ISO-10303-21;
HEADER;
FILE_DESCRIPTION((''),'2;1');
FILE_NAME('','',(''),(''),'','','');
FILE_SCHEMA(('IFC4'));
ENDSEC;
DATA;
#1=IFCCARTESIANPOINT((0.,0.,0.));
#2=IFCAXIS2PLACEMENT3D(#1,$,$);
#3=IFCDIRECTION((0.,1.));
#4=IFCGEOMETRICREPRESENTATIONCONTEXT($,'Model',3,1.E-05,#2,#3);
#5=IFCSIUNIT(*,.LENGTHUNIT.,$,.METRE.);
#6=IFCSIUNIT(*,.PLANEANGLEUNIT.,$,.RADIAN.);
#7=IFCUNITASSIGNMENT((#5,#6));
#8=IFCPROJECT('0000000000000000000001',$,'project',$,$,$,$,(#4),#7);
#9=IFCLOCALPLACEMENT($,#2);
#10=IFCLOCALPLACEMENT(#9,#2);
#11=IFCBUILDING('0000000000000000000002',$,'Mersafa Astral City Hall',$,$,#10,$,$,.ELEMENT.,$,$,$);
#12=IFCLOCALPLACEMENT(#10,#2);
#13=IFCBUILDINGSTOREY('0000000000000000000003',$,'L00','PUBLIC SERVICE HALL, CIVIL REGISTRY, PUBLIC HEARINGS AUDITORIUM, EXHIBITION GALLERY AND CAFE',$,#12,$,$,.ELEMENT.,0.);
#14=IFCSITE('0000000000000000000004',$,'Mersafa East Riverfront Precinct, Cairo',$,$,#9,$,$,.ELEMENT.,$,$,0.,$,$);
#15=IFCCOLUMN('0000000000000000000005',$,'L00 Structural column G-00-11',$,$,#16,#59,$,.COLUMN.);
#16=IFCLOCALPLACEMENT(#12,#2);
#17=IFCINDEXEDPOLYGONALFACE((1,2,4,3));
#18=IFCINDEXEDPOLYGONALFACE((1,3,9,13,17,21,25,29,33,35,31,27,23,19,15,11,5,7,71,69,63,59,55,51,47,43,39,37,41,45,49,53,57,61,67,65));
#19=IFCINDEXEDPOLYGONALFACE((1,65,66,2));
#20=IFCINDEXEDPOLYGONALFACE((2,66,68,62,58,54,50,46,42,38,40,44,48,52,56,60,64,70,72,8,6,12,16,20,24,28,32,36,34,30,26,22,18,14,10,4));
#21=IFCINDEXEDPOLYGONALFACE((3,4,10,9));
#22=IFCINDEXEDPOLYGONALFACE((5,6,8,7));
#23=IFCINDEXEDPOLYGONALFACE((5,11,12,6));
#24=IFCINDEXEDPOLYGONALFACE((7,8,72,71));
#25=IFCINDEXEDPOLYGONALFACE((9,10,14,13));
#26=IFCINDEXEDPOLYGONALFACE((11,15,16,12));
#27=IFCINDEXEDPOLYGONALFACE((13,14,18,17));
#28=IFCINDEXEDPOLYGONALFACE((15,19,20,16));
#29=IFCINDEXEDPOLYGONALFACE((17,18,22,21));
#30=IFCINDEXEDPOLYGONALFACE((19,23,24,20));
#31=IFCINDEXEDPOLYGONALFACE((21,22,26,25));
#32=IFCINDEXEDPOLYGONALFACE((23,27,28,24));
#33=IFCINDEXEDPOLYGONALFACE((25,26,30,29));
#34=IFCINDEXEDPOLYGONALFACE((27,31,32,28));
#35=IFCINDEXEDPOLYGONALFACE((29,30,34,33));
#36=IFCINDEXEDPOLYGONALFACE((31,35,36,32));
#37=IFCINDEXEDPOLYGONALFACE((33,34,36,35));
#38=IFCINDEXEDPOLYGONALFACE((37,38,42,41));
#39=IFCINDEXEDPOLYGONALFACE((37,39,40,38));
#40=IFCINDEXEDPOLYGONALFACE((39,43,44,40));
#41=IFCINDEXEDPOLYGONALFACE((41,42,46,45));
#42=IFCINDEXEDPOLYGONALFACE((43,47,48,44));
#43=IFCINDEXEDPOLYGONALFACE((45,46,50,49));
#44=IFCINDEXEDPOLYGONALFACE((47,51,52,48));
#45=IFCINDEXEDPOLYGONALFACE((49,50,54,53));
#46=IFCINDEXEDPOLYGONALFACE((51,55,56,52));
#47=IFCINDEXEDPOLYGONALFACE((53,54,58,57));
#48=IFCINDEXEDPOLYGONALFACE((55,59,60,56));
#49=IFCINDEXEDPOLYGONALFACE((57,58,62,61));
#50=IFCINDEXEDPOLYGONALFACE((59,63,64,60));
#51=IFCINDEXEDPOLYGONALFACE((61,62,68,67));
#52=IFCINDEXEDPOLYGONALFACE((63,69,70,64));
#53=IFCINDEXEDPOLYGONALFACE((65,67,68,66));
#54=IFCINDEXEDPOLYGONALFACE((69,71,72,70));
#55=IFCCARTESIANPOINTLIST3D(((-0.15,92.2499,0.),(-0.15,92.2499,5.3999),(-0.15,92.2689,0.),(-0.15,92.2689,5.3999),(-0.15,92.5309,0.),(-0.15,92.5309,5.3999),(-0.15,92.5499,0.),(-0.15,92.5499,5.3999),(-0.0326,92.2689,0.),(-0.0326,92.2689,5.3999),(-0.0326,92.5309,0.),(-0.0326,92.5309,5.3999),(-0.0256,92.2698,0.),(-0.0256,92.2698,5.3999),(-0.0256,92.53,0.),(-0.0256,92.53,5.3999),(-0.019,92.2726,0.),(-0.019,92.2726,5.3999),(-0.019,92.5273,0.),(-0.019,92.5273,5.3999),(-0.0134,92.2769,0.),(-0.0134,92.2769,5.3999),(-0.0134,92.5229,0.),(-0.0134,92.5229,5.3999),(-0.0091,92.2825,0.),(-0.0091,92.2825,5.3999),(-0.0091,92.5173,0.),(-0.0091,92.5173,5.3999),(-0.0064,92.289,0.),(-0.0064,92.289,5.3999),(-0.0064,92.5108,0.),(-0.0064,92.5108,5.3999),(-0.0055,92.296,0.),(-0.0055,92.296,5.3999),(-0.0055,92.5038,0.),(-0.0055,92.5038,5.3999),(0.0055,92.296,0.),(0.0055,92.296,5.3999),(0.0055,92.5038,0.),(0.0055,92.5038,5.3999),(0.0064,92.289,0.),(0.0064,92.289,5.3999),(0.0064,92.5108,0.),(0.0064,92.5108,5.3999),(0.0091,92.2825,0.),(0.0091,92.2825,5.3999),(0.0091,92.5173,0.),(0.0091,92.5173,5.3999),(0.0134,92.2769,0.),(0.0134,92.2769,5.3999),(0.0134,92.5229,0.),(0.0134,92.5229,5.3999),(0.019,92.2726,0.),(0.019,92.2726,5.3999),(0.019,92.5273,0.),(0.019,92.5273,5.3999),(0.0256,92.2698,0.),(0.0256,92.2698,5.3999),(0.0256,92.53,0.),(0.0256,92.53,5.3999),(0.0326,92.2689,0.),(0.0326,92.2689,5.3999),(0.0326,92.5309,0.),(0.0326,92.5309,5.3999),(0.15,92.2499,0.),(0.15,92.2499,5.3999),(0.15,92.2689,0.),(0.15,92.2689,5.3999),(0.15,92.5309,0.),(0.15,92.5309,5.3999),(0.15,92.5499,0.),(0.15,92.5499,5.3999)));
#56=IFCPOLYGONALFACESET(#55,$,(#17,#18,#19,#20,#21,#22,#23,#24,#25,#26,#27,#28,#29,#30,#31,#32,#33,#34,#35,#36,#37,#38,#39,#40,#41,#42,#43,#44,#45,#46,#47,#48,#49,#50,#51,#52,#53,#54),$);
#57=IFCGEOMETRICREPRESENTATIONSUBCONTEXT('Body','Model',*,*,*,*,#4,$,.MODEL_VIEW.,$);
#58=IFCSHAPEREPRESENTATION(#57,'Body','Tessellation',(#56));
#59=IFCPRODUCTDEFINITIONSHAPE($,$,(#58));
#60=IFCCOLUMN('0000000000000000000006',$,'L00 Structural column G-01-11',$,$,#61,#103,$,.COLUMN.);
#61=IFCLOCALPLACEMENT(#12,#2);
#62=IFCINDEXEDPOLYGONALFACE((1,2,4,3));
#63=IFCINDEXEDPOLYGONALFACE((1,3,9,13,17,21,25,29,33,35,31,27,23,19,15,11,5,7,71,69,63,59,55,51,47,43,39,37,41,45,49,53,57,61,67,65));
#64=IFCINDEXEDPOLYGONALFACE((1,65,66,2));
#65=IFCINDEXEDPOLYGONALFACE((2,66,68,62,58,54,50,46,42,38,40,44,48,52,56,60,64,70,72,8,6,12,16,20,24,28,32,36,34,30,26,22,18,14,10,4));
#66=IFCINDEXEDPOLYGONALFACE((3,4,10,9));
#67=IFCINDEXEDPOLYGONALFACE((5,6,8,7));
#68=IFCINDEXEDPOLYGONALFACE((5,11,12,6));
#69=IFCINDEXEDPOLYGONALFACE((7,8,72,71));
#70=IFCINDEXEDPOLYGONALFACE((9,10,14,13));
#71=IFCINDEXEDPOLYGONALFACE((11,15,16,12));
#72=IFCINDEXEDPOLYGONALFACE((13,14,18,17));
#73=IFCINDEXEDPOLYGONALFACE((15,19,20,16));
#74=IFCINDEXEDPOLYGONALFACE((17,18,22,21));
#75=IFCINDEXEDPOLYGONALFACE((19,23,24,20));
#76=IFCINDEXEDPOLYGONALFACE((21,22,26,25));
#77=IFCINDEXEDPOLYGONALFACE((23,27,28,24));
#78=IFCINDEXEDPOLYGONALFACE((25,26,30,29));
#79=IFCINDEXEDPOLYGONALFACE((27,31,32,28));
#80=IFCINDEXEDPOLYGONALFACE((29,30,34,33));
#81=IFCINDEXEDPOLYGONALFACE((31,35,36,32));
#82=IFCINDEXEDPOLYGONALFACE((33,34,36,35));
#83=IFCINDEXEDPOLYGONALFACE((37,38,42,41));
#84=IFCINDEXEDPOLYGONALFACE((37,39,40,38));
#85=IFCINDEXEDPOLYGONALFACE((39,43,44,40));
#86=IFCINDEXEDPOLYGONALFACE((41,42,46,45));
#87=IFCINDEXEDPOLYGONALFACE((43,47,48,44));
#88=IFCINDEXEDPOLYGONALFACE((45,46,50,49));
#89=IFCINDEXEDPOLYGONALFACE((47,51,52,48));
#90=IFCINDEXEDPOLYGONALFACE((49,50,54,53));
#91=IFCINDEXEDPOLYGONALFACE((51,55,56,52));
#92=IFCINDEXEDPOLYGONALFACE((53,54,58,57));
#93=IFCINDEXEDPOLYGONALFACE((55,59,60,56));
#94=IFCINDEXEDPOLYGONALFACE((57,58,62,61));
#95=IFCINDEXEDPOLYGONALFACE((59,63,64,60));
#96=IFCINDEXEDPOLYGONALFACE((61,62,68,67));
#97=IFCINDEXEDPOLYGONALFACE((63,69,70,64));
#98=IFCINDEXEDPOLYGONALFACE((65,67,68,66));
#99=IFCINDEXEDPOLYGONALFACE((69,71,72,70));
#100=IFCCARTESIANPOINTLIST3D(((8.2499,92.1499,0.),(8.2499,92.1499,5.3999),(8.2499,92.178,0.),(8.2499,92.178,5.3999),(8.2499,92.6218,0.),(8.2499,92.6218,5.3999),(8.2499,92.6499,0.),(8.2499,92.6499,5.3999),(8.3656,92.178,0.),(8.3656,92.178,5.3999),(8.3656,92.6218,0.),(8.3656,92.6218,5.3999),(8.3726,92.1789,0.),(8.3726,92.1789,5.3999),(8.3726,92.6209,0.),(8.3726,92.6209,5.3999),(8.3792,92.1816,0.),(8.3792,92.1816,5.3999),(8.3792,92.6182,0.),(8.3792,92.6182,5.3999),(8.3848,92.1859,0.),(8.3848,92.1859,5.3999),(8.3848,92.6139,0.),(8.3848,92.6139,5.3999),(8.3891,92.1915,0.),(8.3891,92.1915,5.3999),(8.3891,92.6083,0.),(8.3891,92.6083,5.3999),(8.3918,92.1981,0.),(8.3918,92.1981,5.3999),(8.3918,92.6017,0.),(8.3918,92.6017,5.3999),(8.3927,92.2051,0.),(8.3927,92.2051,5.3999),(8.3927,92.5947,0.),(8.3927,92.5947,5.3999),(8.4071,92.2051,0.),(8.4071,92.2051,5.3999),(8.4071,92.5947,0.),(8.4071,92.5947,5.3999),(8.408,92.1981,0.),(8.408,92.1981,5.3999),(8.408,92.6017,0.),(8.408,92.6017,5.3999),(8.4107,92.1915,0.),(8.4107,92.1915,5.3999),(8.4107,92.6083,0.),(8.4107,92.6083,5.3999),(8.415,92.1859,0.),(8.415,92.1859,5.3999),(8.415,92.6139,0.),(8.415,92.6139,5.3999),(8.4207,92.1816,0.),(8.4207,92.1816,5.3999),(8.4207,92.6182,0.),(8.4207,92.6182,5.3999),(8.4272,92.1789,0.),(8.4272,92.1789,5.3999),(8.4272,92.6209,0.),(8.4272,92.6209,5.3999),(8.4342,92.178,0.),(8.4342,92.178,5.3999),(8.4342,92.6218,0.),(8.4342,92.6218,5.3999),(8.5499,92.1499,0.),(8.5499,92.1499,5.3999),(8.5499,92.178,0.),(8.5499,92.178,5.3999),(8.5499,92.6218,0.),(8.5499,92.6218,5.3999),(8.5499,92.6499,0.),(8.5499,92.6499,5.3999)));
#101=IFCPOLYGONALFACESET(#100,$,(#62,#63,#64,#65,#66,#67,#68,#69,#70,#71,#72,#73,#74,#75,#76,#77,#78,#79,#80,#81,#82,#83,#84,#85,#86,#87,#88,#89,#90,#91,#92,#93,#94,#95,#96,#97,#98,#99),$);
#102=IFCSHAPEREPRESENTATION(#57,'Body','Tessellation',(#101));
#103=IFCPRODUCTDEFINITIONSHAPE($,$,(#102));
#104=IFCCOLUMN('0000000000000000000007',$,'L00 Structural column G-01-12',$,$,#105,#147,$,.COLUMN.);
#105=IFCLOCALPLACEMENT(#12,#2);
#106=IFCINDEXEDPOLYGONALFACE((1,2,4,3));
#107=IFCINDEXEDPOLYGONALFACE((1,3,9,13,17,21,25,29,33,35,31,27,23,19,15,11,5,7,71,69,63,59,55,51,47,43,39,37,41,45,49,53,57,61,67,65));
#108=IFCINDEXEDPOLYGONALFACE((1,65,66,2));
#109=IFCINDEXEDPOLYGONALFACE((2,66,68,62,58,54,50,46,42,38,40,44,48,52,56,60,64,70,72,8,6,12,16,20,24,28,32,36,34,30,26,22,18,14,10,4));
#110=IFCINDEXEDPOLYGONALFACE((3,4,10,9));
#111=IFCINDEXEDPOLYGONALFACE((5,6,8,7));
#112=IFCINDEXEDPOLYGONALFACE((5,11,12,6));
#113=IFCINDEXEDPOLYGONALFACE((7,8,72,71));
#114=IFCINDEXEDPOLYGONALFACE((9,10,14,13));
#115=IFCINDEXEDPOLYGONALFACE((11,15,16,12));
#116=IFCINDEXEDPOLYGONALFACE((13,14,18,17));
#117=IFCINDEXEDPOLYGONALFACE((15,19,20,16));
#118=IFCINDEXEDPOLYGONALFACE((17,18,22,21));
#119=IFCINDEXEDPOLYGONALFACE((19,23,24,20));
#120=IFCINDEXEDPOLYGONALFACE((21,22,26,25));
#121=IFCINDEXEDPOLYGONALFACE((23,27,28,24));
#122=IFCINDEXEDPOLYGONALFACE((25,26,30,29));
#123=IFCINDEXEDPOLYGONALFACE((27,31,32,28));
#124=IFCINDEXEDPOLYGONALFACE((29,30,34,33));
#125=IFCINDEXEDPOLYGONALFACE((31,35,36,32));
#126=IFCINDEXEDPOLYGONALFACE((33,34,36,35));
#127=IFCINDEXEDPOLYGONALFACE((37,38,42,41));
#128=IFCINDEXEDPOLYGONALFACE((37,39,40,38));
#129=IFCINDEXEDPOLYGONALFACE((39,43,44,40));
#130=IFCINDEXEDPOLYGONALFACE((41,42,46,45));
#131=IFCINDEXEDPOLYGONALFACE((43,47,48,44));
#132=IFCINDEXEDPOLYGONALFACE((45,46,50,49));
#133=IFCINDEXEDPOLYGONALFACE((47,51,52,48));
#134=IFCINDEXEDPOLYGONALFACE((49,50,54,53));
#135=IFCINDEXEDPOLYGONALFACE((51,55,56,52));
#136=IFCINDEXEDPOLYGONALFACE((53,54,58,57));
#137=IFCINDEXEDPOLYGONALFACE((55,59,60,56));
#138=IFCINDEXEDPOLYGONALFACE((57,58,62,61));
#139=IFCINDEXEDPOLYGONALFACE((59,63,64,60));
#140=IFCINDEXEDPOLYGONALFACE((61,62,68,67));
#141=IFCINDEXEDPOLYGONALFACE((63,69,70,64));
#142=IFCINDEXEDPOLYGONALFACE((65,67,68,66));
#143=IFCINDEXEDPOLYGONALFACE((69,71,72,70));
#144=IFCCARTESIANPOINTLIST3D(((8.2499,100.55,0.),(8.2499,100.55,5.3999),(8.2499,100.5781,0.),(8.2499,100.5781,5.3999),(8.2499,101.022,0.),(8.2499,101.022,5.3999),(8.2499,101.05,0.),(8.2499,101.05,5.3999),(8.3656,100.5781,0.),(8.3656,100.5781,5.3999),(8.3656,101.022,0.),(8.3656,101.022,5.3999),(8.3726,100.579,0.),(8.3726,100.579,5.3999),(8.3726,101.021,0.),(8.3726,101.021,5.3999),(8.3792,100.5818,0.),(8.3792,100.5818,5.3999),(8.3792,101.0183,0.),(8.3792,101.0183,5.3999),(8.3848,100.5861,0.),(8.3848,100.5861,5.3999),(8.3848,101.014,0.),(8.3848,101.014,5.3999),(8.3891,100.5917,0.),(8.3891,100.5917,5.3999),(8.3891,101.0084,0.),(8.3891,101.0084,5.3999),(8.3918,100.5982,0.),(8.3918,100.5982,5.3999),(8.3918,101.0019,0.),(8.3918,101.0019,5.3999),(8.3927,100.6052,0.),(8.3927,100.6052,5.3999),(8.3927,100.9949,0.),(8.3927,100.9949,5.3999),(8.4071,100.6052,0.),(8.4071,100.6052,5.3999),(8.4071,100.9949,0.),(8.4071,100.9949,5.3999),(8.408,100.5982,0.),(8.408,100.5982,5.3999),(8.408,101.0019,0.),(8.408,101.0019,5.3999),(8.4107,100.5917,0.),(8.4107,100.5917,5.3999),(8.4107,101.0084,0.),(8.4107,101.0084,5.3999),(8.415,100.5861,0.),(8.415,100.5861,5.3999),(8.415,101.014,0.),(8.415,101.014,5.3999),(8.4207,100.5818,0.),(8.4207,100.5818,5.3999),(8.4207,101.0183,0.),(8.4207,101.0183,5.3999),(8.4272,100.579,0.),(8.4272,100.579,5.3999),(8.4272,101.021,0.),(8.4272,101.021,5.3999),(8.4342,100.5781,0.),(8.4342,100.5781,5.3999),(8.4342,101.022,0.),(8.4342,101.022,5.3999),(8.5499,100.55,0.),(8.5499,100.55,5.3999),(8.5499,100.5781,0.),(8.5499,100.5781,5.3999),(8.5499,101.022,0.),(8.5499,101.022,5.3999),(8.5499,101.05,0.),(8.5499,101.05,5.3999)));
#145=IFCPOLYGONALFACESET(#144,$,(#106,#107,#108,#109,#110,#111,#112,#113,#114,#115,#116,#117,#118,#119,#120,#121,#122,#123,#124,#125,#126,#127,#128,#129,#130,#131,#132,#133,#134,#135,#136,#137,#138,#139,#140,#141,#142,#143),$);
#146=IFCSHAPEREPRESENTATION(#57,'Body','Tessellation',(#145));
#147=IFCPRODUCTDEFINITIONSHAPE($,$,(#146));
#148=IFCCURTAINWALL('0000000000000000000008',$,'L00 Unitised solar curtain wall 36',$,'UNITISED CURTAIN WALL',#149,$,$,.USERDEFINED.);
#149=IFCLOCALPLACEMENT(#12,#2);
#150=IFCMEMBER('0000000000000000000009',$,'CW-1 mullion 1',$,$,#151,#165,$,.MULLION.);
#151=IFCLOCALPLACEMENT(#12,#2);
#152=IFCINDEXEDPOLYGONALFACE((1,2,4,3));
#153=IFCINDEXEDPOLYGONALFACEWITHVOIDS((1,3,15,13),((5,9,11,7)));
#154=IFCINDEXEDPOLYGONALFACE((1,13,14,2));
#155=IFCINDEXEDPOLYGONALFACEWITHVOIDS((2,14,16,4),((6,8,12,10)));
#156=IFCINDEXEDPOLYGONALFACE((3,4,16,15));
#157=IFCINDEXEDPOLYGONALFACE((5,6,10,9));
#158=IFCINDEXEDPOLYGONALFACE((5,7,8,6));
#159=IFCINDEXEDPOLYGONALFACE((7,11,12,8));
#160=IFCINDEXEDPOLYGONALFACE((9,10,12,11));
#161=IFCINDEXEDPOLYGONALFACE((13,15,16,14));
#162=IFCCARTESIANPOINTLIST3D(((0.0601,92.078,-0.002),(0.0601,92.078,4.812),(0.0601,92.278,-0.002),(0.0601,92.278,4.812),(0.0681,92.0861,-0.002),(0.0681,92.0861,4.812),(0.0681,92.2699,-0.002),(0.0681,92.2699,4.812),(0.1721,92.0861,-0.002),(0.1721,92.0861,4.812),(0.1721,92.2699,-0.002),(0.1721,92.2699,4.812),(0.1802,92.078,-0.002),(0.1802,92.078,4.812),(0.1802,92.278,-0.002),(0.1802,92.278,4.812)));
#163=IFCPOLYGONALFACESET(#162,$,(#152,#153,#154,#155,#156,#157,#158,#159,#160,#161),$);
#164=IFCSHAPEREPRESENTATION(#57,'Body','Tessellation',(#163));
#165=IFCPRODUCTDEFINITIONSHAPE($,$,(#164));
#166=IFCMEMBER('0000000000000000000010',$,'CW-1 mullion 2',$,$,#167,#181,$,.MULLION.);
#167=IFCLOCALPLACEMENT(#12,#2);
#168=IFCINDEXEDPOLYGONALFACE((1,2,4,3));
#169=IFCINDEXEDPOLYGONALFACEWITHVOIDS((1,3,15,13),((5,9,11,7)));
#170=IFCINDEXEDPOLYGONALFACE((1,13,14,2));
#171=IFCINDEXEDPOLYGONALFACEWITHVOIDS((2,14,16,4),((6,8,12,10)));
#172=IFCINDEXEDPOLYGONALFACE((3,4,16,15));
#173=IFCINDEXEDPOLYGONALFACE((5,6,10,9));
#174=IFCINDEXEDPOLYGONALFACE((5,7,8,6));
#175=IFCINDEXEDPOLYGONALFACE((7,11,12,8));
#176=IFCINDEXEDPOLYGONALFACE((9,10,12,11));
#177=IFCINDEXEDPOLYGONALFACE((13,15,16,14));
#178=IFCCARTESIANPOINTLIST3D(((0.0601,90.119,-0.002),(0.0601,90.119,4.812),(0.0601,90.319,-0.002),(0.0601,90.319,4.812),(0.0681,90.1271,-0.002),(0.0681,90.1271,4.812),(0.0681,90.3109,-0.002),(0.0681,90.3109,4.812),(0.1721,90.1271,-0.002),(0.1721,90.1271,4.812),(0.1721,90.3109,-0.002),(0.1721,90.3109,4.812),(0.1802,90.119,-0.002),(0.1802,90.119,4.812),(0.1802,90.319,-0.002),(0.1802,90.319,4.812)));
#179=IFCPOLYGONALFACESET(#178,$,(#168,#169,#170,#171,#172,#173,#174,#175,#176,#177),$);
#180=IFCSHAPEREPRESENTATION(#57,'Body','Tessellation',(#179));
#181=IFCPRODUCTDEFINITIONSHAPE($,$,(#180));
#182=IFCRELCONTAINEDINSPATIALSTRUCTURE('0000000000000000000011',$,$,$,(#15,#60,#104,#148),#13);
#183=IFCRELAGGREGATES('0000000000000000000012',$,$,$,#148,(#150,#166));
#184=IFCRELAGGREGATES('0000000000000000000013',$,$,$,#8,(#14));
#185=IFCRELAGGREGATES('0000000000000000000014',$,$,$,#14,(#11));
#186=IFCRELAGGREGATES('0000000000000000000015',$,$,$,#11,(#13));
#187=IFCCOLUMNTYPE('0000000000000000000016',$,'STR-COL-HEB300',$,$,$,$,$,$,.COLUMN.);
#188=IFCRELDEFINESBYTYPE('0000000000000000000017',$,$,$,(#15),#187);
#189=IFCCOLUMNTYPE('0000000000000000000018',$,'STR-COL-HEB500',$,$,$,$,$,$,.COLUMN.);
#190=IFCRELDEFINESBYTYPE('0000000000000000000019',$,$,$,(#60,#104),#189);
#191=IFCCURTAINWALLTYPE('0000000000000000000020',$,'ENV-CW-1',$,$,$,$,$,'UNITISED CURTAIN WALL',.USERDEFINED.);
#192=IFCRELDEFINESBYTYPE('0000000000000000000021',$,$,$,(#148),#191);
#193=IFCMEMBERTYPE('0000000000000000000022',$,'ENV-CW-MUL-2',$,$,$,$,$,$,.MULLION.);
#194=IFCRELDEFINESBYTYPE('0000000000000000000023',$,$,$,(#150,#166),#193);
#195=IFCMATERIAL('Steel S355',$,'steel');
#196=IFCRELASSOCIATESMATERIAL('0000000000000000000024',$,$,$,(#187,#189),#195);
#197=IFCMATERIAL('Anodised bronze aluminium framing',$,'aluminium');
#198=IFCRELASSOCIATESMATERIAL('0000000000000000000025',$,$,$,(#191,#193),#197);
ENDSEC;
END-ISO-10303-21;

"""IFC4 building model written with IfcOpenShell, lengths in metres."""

from ifc_helpers import new_model, si_unit, direction, frame, origin, origin_2d, place, context, subcontext, project, spatial, hollow_rectangle, i_section, extrude, material, material_profile, profile_set, type_object, element, aggregate, save


model = new_model("IFC4")

# Units and contexts
model_context = context("Model", 3, precision=1e-05, world=origin(), true_north=direction((0.0, 1.0)))
body_context = subcontext(model_context, "Body", "Model", "MODEL_VIEW")
ifc_project = project(units=[si_unit("LENGTHUNIT", "METRE"), si_unit("PLANEANGLEUNIT", "RADIAN")], contexts=[model_context])

# Site, building, storey
site_placement = place(None, origin())
site = spatial("IfcSite", under=ifc_project, at=site_placement, Name="Mersafa East Riverfront Precinct, Cairo", CompositionType="ELEMENT", RefElevation=0.0)
building_placement = place(site_placement, origin())
building = spatial("IfcBuilding", under=site, at=building_placement, Name="Mersafa Astral City Hall", CompositionType="ELEMENT")
storey_placement = place(building_placement, origin())
storey = spatial("IfcBuildingStorey", under=building, at=storey_placement, Name="L00", Description="PUBLIC SERVICE HALL, CIVIL REGISTRY, PUBLIC HEARINGS AUDITORIUM, EXHIBITION GALLERY AND CAFE", CompositionType="ELEMENT", Elevation=0.0)

# Columns
ifc_material_1 = material(Name="Steel S355", Category="steel")
ifc_material_profile_1 = material_profile(ifc_material_1, i_section(OverallWidth=0.3, OverallDepth=0.3, WebThickness=0.011, FlangeThickness=0.019, FilletRadius=0.0271, at=origin_2d()), Name="HEB 300")
ifc_profile_set_1 = profile_set([ifc_material_profile_1], Name="Steel S355")
column_type_1 = type_object("IfcColumnType", Name="STR-COL-HEB300", PredefinedType="COLUMN", material=ifc_profile_set_1)
column_placement = place(storey_placement, frame((0.0, 92.3999, 0.0), z_axis=(0.0, 0.0, 1.0), x_axis=(1.0, 0.0, 0.0)))
element("IfcColumn", 1, at=column_placement, inside=storey, type_object=column_type_1, Name="L00 Structural column G-00-11", PredefinedType="COLUMN", context=body_context, shape_type="SweptSolid", body=[
    extrude(i_section(OverallWidth=0.3, OverallDepth=0.3, WebThickness=0.011, FlangeThickness=0.019, FilletRadius=0.0271, at=origin_2d()), origin(), (0.0, 0.0, 1.0), 5.3999),
])
ifc_material_profile_2 = material_profile(ifc_material_1, i_section(OverallWidth=0.3, OverallDepth=0.5, WebThickness=0.0144, FlangeThickness=0.0281, FilletRadius=0.0271, at=origin_2d()), Name="HEB 500")
ifc_profile_set_2 = profile_set([ifc_material_profile_2], Name="Steel S355")
column_type_2 = type_object("IfcColumnType", Name="STR-COL-HEB500", PredefinedType="COLUMN", material=ifc_profile_set_2)
for number, where, z_axis, x_axis, name in (
    (2, (8.3999, 92.3999, 0.0), (0.0, 0.0, 1.0), (1.0, 0.0, 0.0), "L00 Structural column G-01-11"),
    (3, (8.3999, 100.8, 0.0), (0.0, 0.0, 1.0), (1.0, 0.0, 0.0), "L00 Structural column G-01-12"),
):
    element("IfcColumn", number, at=place(storey_placement, frame(where, z_axis=z_axis, x_axis=x_axis)), inside=storey, type_object=column_type_2, Name=name, PredefinedType="COLUMN", context=body_context, shape_type="SweptSolid", body=[
        extrude(i_section(OverallWidth=0.3, OverallDepth=0.5, WebThickness=0.0144, FlangeThickness=0.0281, FilletRadius=0.0271, at=origin_2d()), origin(), (0.0, 0.0, 1.0), 5.3999),
    ])

# Curtain wall, members
ifc_material_2 = material(Name="Anodised bronze aluminium framing", Category="aluminium")
curtain_wall_type = type_object("IfcCurtainWallType", Name="ENV-CW-1", ElementType="UNITISED CURTAIN WALL", PredefinedType="USERDEFINED", material=ifc_material_2)
curtain_wall_placement = place(storey_placement, origin())
curtain_wall = element("IfcCurtainWall", 4, at=curtain_wall_placement, inside=storey, type_object=curtain_wall_type, Name="L00 Unitised solar curtain wall 36", ObjectType="UNITISED CURTAIN WALL", PredefinedType="USERDEFINED")
ifc_material_profile_3 = material_profile(ifc_material_2, hollow_rectangle(XDim=0.1201, YDim=0.2, WallThickness=0.0081, at=origin_2d()), Name="RHS 120x200x8")
ifc_profile_set_3 = profile_set([ifc_material_profile_3], Name="Anodised bronze aluminium framing")
member_type_1 = type_object("IfcMemberType", Name="ENV-CW-MUL-2", PredefinedType="MULLION", material=ifc_profile_set_3)
member_1_placement = place(storey_placement, frame((0.1201, 92.178, -0.002), z_axis=(0.0, 0.0, 1.0), x_axis=(1.0, 0.0, 0.0)))
member_1 = element("IfcMember", 5, at=member_1_placement, type_object=member_type_1, Name="CW-1 mullion 1", PredefinedType="MULLION", context=body_context, shape_type="SweptSolid", body=[
    extrude(hollow_rectangle(XDim=0.1201, YDim=0.2, WallThickness=0.0081, at=origin_2d()), origin(), (0.0, 0.0, 1.0), 4.814),
])
member_2_placement = place(storey_placement, frame((0.1201, 90.219, -0.002), z_axis=(0.0, 0.0, 1.0), x_axis=(1.0, 0.0, 0.0)))
member_2 = element("IfcMember", 6, at=member_2_placement, type_object=member_type_1, Name="CW-1 mullion 2", PredefinedType="MULLION", context=body_context, shape_type="SweptSolid", body=[
    extrude(hollow_rectangle(XDim=0.1201, YDim=0.2, WallThickness=0.0081, at=origin_2d()), origin(), (0.0, 0.0, 1.0), 4.814),
])

aggregate(curtain_wall, [member_1, member_2])

save(model, "model.ifc")
